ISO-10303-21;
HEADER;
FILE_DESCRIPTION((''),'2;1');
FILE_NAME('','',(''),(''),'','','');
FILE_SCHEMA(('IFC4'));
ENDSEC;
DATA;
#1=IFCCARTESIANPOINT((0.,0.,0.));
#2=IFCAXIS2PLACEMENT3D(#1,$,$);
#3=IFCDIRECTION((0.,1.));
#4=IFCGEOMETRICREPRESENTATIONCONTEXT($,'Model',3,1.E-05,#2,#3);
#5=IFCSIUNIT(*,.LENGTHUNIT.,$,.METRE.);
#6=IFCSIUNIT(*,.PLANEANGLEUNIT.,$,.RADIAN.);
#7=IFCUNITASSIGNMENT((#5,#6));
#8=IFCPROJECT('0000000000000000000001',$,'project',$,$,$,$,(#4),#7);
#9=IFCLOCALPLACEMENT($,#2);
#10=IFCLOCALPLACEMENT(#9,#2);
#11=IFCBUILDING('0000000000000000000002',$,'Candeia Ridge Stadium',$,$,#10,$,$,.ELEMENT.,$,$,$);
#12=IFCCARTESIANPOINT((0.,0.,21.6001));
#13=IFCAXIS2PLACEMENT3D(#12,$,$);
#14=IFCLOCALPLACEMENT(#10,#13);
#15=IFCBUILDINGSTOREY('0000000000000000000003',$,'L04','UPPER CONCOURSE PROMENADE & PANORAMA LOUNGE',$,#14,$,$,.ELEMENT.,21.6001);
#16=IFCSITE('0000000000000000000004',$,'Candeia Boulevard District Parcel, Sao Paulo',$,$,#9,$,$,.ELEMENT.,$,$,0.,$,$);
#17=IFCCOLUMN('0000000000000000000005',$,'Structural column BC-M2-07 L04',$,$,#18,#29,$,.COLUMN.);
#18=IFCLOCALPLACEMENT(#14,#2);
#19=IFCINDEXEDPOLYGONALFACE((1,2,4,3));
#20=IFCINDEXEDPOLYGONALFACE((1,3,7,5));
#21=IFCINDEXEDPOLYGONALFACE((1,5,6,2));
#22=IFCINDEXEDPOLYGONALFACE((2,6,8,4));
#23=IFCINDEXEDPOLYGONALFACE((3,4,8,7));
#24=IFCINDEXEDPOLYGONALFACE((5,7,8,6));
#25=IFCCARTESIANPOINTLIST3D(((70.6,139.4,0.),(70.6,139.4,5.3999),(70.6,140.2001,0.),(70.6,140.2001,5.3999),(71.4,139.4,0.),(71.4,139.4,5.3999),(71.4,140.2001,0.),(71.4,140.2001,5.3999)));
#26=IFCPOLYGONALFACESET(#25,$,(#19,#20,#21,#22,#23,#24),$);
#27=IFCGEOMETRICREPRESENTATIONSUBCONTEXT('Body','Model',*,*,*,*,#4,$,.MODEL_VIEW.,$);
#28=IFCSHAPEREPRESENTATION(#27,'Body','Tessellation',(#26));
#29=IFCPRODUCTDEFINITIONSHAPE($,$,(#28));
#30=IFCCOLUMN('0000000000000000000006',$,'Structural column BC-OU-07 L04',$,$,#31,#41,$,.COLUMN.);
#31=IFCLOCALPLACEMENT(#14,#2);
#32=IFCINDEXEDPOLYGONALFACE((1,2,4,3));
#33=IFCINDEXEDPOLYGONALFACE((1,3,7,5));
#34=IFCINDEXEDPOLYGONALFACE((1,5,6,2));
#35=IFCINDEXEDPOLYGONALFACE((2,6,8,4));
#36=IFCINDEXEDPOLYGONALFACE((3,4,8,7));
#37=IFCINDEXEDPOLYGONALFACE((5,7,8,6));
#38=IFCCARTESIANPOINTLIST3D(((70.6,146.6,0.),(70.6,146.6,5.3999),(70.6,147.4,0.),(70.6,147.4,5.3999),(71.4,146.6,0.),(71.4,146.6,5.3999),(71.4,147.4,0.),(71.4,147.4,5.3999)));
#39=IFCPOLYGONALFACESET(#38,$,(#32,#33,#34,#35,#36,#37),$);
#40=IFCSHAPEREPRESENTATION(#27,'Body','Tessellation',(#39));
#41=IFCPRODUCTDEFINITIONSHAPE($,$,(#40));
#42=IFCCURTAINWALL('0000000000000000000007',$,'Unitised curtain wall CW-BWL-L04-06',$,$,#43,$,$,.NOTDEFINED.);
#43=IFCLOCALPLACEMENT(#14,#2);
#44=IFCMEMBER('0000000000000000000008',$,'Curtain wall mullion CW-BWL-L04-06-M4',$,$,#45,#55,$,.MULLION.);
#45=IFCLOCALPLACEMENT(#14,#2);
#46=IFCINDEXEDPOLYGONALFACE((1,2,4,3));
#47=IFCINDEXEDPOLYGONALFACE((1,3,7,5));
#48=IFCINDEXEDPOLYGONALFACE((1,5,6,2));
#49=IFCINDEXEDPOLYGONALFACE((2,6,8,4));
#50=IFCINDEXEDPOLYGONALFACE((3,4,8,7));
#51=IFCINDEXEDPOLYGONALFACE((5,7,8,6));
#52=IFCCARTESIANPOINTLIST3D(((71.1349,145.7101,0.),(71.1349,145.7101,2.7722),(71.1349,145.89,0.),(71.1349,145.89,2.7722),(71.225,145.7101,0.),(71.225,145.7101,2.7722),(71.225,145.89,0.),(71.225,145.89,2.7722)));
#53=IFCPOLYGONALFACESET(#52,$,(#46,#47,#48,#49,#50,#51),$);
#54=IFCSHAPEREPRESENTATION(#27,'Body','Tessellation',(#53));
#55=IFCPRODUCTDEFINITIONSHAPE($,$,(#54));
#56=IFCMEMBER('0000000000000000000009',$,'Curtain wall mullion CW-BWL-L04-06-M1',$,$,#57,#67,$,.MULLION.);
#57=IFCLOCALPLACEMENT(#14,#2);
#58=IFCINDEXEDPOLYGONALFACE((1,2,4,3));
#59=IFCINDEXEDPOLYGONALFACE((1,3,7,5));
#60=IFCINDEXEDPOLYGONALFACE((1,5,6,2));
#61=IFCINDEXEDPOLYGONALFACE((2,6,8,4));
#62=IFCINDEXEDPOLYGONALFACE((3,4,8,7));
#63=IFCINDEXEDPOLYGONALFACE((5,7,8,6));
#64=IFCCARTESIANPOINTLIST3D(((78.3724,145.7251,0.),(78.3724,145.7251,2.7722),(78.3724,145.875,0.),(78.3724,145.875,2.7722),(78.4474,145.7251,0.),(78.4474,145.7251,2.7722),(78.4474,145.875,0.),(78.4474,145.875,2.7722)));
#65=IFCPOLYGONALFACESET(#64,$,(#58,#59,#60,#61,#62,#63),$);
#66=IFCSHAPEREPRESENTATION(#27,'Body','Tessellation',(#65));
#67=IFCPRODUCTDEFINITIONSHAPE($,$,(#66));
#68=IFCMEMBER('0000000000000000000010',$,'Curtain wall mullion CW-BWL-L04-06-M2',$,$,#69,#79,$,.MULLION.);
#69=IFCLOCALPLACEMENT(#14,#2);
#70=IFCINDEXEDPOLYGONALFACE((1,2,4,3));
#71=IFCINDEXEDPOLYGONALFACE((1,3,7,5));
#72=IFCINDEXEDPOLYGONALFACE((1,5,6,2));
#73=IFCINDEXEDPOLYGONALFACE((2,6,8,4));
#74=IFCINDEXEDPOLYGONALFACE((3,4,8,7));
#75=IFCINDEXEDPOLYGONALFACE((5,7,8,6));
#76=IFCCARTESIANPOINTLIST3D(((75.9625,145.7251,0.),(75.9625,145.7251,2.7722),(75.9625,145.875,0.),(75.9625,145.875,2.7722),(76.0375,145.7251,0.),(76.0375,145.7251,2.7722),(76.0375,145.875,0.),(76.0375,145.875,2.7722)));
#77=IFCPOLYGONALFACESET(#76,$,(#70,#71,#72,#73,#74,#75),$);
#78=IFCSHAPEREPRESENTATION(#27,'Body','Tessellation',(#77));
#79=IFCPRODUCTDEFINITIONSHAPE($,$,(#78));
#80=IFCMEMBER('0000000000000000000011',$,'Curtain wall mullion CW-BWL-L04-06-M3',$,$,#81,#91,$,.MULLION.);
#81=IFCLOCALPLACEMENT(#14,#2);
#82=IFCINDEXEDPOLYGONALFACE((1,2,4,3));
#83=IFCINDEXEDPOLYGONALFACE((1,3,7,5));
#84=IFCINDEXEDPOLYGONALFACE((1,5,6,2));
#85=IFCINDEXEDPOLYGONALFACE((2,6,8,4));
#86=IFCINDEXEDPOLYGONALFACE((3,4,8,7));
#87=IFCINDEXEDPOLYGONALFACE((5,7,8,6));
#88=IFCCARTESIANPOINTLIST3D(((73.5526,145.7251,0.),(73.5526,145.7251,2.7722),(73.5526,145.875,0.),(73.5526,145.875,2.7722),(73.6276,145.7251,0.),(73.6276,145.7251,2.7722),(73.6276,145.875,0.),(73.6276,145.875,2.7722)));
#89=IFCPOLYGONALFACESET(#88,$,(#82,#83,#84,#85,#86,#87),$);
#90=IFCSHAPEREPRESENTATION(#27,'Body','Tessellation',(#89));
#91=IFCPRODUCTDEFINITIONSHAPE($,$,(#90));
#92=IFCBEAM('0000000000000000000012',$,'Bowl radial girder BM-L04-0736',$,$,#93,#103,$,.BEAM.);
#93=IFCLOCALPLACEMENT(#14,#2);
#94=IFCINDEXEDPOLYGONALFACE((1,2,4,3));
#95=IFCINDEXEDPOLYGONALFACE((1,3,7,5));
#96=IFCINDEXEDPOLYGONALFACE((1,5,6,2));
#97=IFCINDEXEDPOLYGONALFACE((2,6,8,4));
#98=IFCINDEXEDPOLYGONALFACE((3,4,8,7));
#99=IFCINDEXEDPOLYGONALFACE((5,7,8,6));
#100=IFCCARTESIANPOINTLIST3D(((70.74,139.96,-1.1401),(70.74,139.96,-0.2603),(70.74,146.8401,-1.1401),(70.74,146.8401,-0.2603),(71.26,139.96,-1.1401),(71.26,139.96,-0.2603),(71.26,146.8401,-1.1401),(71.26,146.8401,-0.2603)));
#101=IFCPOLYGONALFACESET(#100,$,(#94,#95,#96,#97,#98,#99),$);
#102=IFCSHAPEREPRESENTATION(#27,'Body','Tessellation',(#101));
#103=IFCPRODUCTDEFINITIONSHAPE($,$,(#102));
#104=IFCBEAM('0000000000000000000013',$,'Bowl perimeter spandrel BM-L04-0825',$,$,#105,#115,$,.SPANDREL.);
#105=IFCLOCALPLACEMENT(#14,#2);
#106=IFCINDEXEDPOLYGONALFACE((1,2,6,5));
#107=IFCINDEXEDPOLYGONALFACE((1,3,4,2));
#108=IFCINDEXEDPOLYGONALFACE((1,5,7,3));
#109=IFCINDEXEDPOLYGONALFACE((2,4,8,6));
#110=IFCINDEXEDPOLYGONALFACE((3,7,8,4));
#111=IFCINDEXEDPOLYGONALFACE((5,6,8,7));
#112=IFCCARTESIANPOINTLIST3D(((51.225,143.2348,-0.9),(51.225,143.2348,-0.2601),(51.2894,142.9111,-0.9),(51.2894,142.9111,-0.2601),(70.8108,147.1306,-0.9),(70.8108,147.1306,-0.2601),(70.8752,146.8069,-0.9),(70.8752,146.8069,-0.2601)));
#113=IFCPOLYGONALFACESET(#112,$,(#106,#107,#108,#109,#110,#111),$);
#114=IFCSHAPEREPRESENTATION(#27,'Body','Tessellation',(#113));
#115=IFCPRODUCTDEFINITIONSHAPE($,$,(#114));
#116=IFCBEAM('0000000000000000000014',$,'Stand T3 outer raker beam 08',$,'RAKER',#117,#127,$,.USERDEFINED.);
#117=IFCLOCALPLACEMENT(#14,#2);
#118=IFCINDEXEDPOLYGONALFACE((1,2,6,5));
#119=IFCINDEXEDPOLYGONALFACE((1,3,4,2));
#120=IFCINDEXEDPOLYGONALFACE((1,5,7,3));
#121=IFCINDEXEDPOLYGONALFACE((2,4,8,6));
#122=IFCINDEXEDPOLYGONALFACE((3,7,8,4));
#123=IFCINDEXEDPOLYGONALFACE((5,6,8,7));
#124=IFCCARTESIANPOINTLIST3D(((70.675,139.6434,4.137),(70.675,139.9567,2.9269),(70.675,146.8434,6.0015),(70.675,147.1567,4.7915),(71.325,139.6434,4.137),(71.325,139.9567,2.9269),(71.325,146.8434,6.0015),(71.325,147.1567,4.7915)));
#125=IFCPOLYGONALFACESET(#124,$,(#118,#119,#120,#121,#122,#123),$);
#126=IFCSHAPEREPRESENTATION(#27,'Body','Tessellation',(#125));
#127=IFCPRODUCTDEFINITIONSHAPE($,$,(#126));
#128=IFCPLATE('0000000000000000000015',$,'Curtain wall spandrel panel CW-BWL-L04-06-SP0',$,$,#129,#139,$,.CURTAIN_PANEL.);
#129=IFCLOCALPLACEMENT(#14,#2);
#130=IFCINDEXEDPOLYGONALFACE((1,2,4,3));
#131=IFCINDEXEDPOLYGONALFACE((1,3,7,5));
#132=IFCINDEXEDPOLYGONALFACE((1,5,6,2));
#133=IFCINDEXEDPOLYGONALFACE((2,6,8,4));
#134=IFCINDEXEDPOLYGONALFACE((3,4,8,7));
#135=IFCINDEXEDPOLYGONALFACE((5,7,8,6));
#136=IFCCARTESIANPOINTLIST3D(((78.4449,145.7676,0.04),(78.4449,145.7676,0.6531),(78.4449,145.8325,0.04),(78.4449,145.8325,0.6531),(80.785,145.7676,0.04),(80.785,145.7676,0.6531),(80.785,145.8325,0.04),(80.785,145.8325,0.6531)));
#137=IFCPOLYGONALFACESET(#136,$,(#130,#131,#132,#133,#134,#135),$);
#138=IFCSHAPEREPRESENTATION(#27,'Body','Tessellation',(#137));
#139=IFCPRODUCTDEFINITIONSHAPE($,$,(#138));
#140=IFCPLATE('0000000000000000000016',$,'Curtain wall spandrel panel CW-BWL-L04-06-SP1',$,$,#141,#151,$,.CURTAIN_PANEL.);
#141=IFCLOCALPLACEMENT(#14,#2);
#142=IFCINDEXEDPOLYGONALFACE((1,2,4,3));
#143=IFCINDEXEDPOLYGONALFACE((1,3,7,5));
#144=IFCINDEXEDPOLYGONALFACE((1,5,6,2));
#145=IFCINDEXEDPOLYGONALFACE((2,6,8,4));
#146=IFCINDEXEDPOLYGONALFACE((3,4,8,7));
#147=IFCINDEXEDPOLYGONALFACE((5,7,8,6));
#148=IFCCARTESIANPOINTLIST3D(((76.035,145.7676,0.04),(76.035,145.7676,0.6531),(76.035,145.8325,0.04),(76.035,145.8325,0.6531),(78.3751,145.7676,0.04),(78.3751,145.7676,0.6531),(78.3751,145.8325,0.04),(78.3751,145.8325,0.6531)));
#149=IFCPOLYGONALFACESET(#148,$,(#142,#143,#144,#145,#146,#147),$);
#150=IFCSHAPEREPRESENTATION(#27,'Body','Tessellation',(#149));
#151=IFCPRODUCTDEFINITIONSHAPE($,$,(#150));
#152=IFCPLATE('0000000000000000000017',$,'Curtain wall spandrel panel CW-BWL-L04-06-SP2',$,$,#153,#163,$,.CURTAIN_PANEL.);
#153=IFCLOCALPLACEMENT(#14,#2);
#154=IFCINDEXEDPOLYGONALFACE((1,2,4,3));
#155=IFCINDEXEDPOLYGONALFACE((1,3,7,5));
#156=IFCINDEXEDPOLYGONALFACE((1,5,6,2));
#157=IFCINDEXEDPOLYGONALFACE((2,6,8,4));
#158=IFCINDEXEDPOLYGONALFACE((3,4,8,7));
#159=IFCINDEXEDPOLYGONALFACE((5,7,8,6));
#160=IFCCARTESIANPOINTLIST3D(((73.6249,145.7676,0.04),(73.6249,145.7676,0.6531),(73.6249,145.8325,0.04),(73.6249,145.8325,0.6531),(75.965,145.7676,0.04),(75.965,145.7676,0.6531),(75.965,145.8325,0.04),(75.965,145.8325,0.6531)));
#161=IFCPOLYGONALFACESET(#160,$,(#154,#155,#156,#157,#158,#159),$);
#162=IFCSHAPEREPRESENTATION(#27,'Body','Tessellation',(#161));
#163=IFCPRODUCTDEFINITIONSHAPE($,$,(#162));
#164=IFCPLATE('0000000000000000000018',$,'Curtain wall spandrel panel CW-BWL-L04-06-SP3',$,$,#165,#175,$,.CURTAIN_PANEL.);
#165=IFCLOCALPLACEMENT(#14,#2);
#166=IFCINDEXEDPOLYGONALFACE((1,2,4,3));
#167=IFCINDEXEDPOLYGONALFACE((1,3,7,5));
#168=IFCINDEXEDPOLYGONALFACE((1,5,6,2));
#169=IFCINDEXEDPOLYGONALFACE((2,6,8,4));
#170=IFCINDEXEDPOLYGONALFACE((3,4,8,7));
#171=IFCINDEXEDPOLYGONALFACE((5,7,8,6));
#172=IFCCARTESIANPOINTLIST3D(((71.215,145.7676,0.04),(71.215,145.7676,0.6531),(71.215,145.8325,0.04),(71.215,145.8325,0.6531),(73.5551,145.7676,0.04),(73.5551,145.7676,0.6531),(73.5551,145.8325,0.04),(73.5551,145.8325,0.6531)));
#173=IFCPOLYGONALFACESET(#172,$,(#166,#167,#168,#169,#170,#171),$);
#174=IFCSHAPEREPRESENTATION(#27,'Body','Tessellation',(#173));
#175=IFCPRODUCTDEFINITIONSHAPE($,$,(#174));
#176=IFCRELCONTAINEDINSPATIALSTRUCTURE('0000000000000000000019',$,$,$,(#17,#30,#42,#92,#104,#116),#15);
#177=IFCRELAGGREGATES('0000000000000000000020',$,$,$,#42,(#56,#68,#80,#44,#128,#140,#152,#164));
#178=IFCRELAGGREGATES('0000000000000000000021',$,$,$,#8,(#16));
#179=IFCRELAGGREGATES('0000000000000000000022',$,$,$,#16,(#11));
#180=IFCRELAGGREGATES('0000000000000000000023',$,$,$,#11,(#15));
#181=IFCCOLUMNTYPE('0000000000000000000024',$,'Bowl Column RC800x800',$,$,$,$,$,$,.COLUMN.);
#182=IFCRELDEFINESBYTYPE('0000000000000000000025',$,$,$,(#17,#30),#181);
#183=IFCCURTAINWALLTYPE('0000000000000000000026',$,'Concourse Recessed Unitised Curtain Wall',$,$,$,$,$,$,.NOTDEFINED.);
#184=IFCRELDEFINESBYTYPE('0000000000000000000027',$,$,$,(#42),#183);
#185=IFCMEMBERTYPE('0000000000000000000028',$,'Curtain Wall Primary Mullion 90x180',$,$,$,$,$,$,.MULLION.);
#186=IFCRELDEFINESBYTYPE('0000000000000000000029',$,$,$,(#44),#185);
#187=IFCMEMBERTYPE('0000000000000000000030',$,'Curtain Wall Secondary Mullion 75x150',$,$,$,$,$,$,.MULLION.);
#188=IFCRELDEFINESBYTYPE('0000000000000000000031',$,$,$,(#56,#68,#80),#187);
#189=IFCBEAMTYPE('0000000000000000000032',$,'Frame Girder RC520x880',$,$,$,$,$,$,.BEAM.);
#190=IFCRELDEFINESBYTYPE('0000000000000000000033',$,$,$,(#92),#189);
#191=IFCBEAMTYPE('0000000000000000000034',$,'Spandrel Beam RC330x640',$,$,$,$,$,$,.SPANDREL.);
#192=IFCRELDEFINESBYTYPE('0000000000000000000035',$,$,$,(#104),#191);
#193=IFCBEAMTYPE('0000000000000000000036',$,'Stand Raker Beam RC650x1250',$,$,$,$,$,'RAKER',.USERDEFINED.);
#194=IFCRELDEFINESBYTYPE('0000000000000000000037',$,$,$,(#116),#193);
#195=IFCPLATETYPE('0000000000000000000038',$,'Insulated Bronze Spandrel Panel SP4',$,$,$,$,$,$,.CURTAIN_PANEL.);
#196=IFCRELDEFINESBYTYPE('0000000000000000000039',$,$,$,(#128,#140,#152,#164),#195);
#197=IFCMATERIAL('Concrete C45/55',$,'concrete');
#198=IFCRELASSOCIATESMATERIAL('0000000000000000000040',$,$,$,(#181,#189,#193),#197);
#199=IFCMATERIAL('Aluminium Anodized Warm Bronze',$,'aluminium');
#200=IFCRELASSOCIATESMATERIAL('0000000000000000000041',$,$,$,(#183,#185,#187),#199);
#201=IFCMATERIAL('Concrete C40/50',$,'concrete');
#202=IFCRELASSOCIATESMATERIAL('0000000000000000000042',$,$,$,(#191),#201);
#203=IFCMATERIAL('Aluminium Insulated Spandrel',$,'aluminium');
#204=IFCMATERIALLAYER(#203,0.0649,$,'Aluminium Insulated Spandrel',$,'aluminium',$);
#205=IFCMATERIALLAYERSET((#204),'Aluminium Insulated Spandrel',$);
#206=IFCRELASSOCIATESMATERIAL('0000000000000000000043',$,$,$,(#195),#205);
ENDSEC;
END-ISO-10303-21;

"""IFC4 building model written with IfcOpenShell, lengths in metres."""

from ifc_helpers import new_model, si_unit, direction, frame, origin, origin_2d, place, context, subcontext, project, spatial, rectangle, extrude, material, layer, layer_set, material_profile, profile_set, type_object, element, aggregate, save


model = new_model("IFC4")

# Units and contexts
model_context = context("Model", 3, precision=1e-05, world=origin(), true_north=direction((0.0, 1.0)))
body_context = subcontext(model_context, "Body", "Model", "MODEL_VIEW")
ifc_project = project(units=[si_unit("LENGTHUNIT", "METRE"), si_unit("PLANEANGLEUNIT", "RADIAN")], contexts=[model_context])

# Site, building, storey
site_placement = place(None, origin())
site = spatial("IfcSite", under=ifc_project, at=site_placement, Name="Candeia Boulevard District Parcel, Sao Paulo", CompositionType="ELEMENT", RefElevation=0.0)
building_placement = place(site_placement, origin())
building = spatial("IfcBuilding", under=site, at=building_placement, Name="Candeia Ridge Stadium", CompositionType="ELEMENT")
storey_placement = place(building_placement, frame((0.0, 0.0, 21.6001)))
storey = spatial("IfcBuildingStorey", under=building, at=storey_placement, Name="L04", Description="UPPER CONCOURSE PROMENADE & PANORAMA LOUNGE", CompositionType="ELEMENT", Elevation=21.6001)

# Columns
ifc_material_1 = material(Name="Concrete C45/55", Category="concrete")
ifc_material_profile_1 = material_profile(ifc_material_1, rectangle(XDim=0.8, YDim=0.8, at=origin_2d()), Name="RC800x800", Category="concrete")
ifc_profile_set_1 = profile_set([ifc_material_profile_1], Name="Concrete C45/55")
column_type = type_object("IfcColumnType", Name="Bowl Column RC800x800", PredefinedType="COLUMN", material=ifc_profile_set_1)
for number, where, z_axis, x_axis, name in (
    (1, (71.0, 139.8, 0.0), (0.0, 0.0, 1.0), (1.0, 0.0, 0.0), "Structural column BC-M2-07 L04"),
    (2, (71.0, 147.0, 0.0), (0.0, 0.0, 1.0), (1.0, 0.0, 0.0), "Structural column BC-OU-07 L04"),
):
    element("IfcColumn", number, at=place(storey_placement, frame(where, z_axis=z_axis, x_axis=x_axis)), inside=storey, type_object=column_type, Name=name, PredefinedType="COLUMN", context=body_context, shape_type="SweptSolid", body=[
        extrude(rectangle(XDim=0.8, YDim=0.8, at=origin_2d()), origin(), (0.0, 0.0, 1.0), 5.3999),
    ])

# Curtain wall, members
ifc_material_2 = material(Name="Aluminium Anodized Warm Bronze", Category="aluminium")
curtain_wall_type = type_object("IfcCurtainWallType", Name="Concourse Recessed Unitised Curtain Wall", PredefinedType="NOTDEFINED", material=ifc_material_2)
curtain_wall_placement = place(storey_placement, origin())
curtain_wall = element("IfcCurtainWall", 3, at=curtain_wall_placement, inside=storey, type_object=curtain_wall_type, Name="Unitised curtain wall CW-BWL-L04-06", PredefinedType="NOTDEFINED")
ifc_material_profile_2 = material_profile(ifc_material_2, rectangle(XDim=0.0901, YDim=0.1799, at=origin_2d()), Name="CWM-90x180", Category="aluminium")
ifc_profile_set_2 = profile_set([ifc_material_profile_2], Name="Aluminium Anodized Warm Bronze")
member_type_1 = type_object("IfcMemberType", Name="Curtain Wall Primary Mullion 90x180", PredefinedType="MULLION", material=ifc_profile_set_2)
member_1_placement = place(storey_placement, frame((71.1799, 145.8, 0.0), z_axis=(0.0, 0.0, 1.0), x_axis=(1.0, 0.0, 0.0)))
member_1 = element("IfcMember", 4, at=member_1_placement, type_object=member_type_1, Name="Curtain wall mullion CW-BWL-L04-06-M4", PredefinedType="MULLION", context=body_context, shape_type="SweptSolid", body=[
    extrude(rectangle(XDim=0.0901, YDim=0.1799, at=origin_2d()), origin(), (0.0, 0.0, 1.0), 2.7722),
])
ifc_material_profile_3 = material_profile(ifc_material_2, rectangle(XDim=0.075, YDim=0.1499, at=origin_2d()), Name="CWM-75x150", Category="aluminium")
ifc_profile_set_3 = profile_set([ifc_material_profile_3], Name="Aluminium Anodized Warm Bronze")
member_type_2 = type_object("IfcMemberType", Name="Curtain Wall Secondary Mullion 75x150", PredefinedType="MULLION", material=ifc_profile_set_3)
member_2_placement = place(storey_placement, frame((78.4099, 145.8, 0.0), z_axis=(0.0, 0.0, 1.0), x_axis=(1.0, 0.0, 0.0)))
member_2 = element("IfcMember", 5, at=member_2_placement, type_object=member_type_2, Name="Curtain wall mullion CW-BWL-L04-06-M1", PredefinedType="MULLION", context=body_context, shape_type="SweptSolid", body=[
    extrude(rectangle(XDim=0.075, YDim=0.1499, at=origin_2d()), origin(), (0.0, 0.0, 1.0), 2.7722),
])
member_3_placement = place(storey_placement, frame((76.0, 145.8, 0.0), z_axis=(0.0, 0.0, 1.0), x_axis=(1.0, 0.0, 0.0)))
member_3 = element("IfcMember", 6, at=member_3_placement, type_object=member_type_2, Name="Curtain wall mullion CW-BWL-L04-06-M2", PredefinedType="MULLION", context=body_context, shape_type="SweptSolid", body=[
    extrude(rectangle(XDim=0.075, YDim=0.1499, at=origin_2d()), origin(), (0.0, 0.0, 1.0), 2.7722),
])
member_4_placement = place(storey_placement, frame((73.5901, 145.8, 0.0), z_axis=(0.0, 0.0, 1.0), x_axis=(1.0, 0.0, 0.0)))
member_4 = element("IfcMember", 7, at=member_4_placement, type_object=member_type_2, Name="Curtain wall mullion CW-BWL-L04-06-M3", PredefinedType="MULLION", context=body_context, shape_type="SweptSolid", body=[
    extrude(rectangle(XDim=0.075, YDim=0.1499, at=origin_2d()), origin(), (0.0, 0.0, 1.0), 2.7722),
])

# Beams
ifc_material_profile_4 = material_profile(ifc_material_1, rectangle(XDim=0.52, YDim=0.8799, at=origin_2d()), Name="RC520x880", Category="concrete")
ifc_profile_set_4 = profile_set([ifc_material_profile_4], Name="Concrete C45/55")
beam_type_1 = type_object("IfcBeamType", Name="Frame Girder RC520x880", PredefinedType="BEAM", material=ifc_profile_set_4)
beam_1_placement = place(storey_placement, frame((71.0, 139.96, -0.7002), z_axis=(0.0, 1.0, 0.0), x_axis=(-1.0, 0.0, 0.0)))
element("IfcBeam", 8, at=beam_1_placement, inside=storey, type_object=beam_type_1, Name="Bowl radial girder BM-L04-0736", PredefinedType="BEAM", context=body_context, shape_type="SweptSolid", body=[
    extrude(rectangle(XDim=0.52, YDim=0.8799, at=origin_2d()), origin(), (0.0, 0.0, 1.0), 6.8801),
])
ifc_material_3 = material(Name="Concrete C40/50", Category="concrete")
ifc_material_profile_5 = material_profile(ifc_material_3, rectangle(XDim=0.3301, YDim=0.6399, at=origin_2d()), Name="RC330x640", Category="concrete")
ifc_profile_set_5 = profile_set([ifc_material_profile_5], Name="Concrete C40/50")
beam_type_2 = type_object("IfcBeamType", Name="Spandrel Beam RC330x640", PredefinedType="SPANDREL", material=ifc_profile_set_5)
beam_2_placement = place(storey_placement, frame((70.843, 146.9688, -0.5801), z_axis=(-0.980786, -0.195086, 0.0), x_axis=(0.195086, -0.980786, 0.0)))
element("IfcBeam", 9, at=beam_2_placement, inside=storey, type_object=beam_type_2, Name="Bowl perimeter spandrel BM-L04-0825", PredefinedType="SPANDREL", context=body_context, shape_type="SweptSolid", body=[
    extrude(rectangle(XDim=0.3301, YDim=0.6399, at=origin_2d()), origin(), (0.0, 0.0, 1.0), 19.9695),
])
ifc_material_profile_6 = material_profile(ifc_material_1, rectangle(XDim=0.6499, YDim=1.25, at=origin_2d()), Name="RC650x1250", Category="concrete")
ifc_profile_set_6 = profile_set([ifc_material_profile_6], Name="Concrete C45/55")
beam_type_3 = type_object("IfcBeamType", Name="Stand Raker Beam RC650x1250", ElementType="RAKER", PredefinedType="USERDEFINED", material=ifc_profile_set_6)
beam_3_placement = place(storey_placement, frame((71.0, 139.8, 3.532), z_axis=(0.0, 0.968067, 0.250691), x_axis=(-1.0, 0.0, 0.0)))
element("IfcBeam", 10, at=beam_3_placement, inside=storey, type_object=beam_type_3, Name="Stand T3 outer raker beam 08", ObjectType="RAKER", PredefinedType="USERDEFINED", context=body_context, shape_type="SweptSolid", body=[
    extrude(rectangle(XDim=0.6499, YDim=1.25, at=origin_2d()), origin(), (0.0, 0.0, 1.0), 7.4375),
])

# Plates
ifc_material_4 = material(Name="Aluminium Insulated Spandrel", Category="aluminium")
ifc_layer_1 = layer(ifc_material_4, 0.0649, Name="Aluminium Insulated Spandrel", Category="aluminium")
ifc_layer_set_1 = layer_set([ifc_layer_1], Name="Aluminium Insulated Spandrel")
plate_type_1 = type_object("IfcPlateType", Name="Insulated Bronze Spandrel Panel SP4", PredefinedType="CURTAIN_PANEL", material=ifc_layer_set_1)
plate_1_placement = place(storey_placement, frame((79.615, 145.8, 0.04), z_axis=(0.0, 0.0, 1.0), x_axis=(-1.0, 0.0, 0.0)))
plate_1 = element("IfcPlate", 11, at=plate_1_placement, type_object=plate_type_1, Name="Curtain wall spandrel panel CW-BWL-L04-06-SP0", PredefinedType="CURTAIN_PANEL", context=body_context, shape_type="SweptSolid", body=[
    extrude(rectangle(XDim=2.3401, YDim=0.0649, at=origin_2d()), origin(), (0.0, 0.0, 1.0), 0.613),
])
plate_2_placement = place(storey_placement, frame((77.2051, 145.8, 0.04), z_axis=(0.0, 0.0, 1.0), x_axis=(-1.0, 0.0, 0.0)))
plate_2 = element("IfcPlate", 12, at=plate_2_placement, type_object=plate_type_1, Name="Curtain wall spandrel panel CW-BWL-L04-06-SP1", PredefinedType="CURTAIN_PANEL", context=body_context, shape_type="SweptSolid", body=[
    extrude(rectangle(XDim=2.3401, YDim=0.0649, at=origin_2d()), origin(), (0.0, 0.0, 1.0), 0.613),
])
plate_3_placement = place(storey_placement, frame((74.7949, 145.8, 0.04), z_axis=(0.0, 0.0, 1.0), x_axis=(-1.0, 0.0, 0.0)))
plate_3 = element("IfcPlate", 13, at=plate_3_placement, type_object=plate_type_1, Name="Curtain wall spandrel panel CW-BWL-L04-06-SP2", PredefinedType="CURTAIN_PANEL", context=body_context, shape_type="SweptSolid", body=[
    extrude(rectangle(XDim=2.3401, YDim=0.0649, at=origin_2d()), origin(), (0.0, 0.0, 1.0), 0.613),
])
plate_4_placement = place(storey_placement, frame((72.385, 145.8, 0.04), z_axis=(0.0, 0.0, 1.0), x_axis=(-1.0, 0.0, 0.0)))
plate_4 = element("IfcPlate", 14, at=plate_4_placement, type_object=plate_type_1, Name="Curtain wall spandrel panel CW-BWL-L04-06-SP3", PredefinedType="CURTAIN_PANEL", context=body_context, shape_type="SweptSolid", body=[
    extrude(rectangle(XDim=2.3401, YDim=0.0649, at=origin_2d()), origin(), (0.0, 0.0, 1.0), 0.613),
])
aggregate(curtain_wall, [member_2, member_3, member_4, member_1, plate_1, plate_2, plate_3, plate_4])

save(model, "model.ifc")
